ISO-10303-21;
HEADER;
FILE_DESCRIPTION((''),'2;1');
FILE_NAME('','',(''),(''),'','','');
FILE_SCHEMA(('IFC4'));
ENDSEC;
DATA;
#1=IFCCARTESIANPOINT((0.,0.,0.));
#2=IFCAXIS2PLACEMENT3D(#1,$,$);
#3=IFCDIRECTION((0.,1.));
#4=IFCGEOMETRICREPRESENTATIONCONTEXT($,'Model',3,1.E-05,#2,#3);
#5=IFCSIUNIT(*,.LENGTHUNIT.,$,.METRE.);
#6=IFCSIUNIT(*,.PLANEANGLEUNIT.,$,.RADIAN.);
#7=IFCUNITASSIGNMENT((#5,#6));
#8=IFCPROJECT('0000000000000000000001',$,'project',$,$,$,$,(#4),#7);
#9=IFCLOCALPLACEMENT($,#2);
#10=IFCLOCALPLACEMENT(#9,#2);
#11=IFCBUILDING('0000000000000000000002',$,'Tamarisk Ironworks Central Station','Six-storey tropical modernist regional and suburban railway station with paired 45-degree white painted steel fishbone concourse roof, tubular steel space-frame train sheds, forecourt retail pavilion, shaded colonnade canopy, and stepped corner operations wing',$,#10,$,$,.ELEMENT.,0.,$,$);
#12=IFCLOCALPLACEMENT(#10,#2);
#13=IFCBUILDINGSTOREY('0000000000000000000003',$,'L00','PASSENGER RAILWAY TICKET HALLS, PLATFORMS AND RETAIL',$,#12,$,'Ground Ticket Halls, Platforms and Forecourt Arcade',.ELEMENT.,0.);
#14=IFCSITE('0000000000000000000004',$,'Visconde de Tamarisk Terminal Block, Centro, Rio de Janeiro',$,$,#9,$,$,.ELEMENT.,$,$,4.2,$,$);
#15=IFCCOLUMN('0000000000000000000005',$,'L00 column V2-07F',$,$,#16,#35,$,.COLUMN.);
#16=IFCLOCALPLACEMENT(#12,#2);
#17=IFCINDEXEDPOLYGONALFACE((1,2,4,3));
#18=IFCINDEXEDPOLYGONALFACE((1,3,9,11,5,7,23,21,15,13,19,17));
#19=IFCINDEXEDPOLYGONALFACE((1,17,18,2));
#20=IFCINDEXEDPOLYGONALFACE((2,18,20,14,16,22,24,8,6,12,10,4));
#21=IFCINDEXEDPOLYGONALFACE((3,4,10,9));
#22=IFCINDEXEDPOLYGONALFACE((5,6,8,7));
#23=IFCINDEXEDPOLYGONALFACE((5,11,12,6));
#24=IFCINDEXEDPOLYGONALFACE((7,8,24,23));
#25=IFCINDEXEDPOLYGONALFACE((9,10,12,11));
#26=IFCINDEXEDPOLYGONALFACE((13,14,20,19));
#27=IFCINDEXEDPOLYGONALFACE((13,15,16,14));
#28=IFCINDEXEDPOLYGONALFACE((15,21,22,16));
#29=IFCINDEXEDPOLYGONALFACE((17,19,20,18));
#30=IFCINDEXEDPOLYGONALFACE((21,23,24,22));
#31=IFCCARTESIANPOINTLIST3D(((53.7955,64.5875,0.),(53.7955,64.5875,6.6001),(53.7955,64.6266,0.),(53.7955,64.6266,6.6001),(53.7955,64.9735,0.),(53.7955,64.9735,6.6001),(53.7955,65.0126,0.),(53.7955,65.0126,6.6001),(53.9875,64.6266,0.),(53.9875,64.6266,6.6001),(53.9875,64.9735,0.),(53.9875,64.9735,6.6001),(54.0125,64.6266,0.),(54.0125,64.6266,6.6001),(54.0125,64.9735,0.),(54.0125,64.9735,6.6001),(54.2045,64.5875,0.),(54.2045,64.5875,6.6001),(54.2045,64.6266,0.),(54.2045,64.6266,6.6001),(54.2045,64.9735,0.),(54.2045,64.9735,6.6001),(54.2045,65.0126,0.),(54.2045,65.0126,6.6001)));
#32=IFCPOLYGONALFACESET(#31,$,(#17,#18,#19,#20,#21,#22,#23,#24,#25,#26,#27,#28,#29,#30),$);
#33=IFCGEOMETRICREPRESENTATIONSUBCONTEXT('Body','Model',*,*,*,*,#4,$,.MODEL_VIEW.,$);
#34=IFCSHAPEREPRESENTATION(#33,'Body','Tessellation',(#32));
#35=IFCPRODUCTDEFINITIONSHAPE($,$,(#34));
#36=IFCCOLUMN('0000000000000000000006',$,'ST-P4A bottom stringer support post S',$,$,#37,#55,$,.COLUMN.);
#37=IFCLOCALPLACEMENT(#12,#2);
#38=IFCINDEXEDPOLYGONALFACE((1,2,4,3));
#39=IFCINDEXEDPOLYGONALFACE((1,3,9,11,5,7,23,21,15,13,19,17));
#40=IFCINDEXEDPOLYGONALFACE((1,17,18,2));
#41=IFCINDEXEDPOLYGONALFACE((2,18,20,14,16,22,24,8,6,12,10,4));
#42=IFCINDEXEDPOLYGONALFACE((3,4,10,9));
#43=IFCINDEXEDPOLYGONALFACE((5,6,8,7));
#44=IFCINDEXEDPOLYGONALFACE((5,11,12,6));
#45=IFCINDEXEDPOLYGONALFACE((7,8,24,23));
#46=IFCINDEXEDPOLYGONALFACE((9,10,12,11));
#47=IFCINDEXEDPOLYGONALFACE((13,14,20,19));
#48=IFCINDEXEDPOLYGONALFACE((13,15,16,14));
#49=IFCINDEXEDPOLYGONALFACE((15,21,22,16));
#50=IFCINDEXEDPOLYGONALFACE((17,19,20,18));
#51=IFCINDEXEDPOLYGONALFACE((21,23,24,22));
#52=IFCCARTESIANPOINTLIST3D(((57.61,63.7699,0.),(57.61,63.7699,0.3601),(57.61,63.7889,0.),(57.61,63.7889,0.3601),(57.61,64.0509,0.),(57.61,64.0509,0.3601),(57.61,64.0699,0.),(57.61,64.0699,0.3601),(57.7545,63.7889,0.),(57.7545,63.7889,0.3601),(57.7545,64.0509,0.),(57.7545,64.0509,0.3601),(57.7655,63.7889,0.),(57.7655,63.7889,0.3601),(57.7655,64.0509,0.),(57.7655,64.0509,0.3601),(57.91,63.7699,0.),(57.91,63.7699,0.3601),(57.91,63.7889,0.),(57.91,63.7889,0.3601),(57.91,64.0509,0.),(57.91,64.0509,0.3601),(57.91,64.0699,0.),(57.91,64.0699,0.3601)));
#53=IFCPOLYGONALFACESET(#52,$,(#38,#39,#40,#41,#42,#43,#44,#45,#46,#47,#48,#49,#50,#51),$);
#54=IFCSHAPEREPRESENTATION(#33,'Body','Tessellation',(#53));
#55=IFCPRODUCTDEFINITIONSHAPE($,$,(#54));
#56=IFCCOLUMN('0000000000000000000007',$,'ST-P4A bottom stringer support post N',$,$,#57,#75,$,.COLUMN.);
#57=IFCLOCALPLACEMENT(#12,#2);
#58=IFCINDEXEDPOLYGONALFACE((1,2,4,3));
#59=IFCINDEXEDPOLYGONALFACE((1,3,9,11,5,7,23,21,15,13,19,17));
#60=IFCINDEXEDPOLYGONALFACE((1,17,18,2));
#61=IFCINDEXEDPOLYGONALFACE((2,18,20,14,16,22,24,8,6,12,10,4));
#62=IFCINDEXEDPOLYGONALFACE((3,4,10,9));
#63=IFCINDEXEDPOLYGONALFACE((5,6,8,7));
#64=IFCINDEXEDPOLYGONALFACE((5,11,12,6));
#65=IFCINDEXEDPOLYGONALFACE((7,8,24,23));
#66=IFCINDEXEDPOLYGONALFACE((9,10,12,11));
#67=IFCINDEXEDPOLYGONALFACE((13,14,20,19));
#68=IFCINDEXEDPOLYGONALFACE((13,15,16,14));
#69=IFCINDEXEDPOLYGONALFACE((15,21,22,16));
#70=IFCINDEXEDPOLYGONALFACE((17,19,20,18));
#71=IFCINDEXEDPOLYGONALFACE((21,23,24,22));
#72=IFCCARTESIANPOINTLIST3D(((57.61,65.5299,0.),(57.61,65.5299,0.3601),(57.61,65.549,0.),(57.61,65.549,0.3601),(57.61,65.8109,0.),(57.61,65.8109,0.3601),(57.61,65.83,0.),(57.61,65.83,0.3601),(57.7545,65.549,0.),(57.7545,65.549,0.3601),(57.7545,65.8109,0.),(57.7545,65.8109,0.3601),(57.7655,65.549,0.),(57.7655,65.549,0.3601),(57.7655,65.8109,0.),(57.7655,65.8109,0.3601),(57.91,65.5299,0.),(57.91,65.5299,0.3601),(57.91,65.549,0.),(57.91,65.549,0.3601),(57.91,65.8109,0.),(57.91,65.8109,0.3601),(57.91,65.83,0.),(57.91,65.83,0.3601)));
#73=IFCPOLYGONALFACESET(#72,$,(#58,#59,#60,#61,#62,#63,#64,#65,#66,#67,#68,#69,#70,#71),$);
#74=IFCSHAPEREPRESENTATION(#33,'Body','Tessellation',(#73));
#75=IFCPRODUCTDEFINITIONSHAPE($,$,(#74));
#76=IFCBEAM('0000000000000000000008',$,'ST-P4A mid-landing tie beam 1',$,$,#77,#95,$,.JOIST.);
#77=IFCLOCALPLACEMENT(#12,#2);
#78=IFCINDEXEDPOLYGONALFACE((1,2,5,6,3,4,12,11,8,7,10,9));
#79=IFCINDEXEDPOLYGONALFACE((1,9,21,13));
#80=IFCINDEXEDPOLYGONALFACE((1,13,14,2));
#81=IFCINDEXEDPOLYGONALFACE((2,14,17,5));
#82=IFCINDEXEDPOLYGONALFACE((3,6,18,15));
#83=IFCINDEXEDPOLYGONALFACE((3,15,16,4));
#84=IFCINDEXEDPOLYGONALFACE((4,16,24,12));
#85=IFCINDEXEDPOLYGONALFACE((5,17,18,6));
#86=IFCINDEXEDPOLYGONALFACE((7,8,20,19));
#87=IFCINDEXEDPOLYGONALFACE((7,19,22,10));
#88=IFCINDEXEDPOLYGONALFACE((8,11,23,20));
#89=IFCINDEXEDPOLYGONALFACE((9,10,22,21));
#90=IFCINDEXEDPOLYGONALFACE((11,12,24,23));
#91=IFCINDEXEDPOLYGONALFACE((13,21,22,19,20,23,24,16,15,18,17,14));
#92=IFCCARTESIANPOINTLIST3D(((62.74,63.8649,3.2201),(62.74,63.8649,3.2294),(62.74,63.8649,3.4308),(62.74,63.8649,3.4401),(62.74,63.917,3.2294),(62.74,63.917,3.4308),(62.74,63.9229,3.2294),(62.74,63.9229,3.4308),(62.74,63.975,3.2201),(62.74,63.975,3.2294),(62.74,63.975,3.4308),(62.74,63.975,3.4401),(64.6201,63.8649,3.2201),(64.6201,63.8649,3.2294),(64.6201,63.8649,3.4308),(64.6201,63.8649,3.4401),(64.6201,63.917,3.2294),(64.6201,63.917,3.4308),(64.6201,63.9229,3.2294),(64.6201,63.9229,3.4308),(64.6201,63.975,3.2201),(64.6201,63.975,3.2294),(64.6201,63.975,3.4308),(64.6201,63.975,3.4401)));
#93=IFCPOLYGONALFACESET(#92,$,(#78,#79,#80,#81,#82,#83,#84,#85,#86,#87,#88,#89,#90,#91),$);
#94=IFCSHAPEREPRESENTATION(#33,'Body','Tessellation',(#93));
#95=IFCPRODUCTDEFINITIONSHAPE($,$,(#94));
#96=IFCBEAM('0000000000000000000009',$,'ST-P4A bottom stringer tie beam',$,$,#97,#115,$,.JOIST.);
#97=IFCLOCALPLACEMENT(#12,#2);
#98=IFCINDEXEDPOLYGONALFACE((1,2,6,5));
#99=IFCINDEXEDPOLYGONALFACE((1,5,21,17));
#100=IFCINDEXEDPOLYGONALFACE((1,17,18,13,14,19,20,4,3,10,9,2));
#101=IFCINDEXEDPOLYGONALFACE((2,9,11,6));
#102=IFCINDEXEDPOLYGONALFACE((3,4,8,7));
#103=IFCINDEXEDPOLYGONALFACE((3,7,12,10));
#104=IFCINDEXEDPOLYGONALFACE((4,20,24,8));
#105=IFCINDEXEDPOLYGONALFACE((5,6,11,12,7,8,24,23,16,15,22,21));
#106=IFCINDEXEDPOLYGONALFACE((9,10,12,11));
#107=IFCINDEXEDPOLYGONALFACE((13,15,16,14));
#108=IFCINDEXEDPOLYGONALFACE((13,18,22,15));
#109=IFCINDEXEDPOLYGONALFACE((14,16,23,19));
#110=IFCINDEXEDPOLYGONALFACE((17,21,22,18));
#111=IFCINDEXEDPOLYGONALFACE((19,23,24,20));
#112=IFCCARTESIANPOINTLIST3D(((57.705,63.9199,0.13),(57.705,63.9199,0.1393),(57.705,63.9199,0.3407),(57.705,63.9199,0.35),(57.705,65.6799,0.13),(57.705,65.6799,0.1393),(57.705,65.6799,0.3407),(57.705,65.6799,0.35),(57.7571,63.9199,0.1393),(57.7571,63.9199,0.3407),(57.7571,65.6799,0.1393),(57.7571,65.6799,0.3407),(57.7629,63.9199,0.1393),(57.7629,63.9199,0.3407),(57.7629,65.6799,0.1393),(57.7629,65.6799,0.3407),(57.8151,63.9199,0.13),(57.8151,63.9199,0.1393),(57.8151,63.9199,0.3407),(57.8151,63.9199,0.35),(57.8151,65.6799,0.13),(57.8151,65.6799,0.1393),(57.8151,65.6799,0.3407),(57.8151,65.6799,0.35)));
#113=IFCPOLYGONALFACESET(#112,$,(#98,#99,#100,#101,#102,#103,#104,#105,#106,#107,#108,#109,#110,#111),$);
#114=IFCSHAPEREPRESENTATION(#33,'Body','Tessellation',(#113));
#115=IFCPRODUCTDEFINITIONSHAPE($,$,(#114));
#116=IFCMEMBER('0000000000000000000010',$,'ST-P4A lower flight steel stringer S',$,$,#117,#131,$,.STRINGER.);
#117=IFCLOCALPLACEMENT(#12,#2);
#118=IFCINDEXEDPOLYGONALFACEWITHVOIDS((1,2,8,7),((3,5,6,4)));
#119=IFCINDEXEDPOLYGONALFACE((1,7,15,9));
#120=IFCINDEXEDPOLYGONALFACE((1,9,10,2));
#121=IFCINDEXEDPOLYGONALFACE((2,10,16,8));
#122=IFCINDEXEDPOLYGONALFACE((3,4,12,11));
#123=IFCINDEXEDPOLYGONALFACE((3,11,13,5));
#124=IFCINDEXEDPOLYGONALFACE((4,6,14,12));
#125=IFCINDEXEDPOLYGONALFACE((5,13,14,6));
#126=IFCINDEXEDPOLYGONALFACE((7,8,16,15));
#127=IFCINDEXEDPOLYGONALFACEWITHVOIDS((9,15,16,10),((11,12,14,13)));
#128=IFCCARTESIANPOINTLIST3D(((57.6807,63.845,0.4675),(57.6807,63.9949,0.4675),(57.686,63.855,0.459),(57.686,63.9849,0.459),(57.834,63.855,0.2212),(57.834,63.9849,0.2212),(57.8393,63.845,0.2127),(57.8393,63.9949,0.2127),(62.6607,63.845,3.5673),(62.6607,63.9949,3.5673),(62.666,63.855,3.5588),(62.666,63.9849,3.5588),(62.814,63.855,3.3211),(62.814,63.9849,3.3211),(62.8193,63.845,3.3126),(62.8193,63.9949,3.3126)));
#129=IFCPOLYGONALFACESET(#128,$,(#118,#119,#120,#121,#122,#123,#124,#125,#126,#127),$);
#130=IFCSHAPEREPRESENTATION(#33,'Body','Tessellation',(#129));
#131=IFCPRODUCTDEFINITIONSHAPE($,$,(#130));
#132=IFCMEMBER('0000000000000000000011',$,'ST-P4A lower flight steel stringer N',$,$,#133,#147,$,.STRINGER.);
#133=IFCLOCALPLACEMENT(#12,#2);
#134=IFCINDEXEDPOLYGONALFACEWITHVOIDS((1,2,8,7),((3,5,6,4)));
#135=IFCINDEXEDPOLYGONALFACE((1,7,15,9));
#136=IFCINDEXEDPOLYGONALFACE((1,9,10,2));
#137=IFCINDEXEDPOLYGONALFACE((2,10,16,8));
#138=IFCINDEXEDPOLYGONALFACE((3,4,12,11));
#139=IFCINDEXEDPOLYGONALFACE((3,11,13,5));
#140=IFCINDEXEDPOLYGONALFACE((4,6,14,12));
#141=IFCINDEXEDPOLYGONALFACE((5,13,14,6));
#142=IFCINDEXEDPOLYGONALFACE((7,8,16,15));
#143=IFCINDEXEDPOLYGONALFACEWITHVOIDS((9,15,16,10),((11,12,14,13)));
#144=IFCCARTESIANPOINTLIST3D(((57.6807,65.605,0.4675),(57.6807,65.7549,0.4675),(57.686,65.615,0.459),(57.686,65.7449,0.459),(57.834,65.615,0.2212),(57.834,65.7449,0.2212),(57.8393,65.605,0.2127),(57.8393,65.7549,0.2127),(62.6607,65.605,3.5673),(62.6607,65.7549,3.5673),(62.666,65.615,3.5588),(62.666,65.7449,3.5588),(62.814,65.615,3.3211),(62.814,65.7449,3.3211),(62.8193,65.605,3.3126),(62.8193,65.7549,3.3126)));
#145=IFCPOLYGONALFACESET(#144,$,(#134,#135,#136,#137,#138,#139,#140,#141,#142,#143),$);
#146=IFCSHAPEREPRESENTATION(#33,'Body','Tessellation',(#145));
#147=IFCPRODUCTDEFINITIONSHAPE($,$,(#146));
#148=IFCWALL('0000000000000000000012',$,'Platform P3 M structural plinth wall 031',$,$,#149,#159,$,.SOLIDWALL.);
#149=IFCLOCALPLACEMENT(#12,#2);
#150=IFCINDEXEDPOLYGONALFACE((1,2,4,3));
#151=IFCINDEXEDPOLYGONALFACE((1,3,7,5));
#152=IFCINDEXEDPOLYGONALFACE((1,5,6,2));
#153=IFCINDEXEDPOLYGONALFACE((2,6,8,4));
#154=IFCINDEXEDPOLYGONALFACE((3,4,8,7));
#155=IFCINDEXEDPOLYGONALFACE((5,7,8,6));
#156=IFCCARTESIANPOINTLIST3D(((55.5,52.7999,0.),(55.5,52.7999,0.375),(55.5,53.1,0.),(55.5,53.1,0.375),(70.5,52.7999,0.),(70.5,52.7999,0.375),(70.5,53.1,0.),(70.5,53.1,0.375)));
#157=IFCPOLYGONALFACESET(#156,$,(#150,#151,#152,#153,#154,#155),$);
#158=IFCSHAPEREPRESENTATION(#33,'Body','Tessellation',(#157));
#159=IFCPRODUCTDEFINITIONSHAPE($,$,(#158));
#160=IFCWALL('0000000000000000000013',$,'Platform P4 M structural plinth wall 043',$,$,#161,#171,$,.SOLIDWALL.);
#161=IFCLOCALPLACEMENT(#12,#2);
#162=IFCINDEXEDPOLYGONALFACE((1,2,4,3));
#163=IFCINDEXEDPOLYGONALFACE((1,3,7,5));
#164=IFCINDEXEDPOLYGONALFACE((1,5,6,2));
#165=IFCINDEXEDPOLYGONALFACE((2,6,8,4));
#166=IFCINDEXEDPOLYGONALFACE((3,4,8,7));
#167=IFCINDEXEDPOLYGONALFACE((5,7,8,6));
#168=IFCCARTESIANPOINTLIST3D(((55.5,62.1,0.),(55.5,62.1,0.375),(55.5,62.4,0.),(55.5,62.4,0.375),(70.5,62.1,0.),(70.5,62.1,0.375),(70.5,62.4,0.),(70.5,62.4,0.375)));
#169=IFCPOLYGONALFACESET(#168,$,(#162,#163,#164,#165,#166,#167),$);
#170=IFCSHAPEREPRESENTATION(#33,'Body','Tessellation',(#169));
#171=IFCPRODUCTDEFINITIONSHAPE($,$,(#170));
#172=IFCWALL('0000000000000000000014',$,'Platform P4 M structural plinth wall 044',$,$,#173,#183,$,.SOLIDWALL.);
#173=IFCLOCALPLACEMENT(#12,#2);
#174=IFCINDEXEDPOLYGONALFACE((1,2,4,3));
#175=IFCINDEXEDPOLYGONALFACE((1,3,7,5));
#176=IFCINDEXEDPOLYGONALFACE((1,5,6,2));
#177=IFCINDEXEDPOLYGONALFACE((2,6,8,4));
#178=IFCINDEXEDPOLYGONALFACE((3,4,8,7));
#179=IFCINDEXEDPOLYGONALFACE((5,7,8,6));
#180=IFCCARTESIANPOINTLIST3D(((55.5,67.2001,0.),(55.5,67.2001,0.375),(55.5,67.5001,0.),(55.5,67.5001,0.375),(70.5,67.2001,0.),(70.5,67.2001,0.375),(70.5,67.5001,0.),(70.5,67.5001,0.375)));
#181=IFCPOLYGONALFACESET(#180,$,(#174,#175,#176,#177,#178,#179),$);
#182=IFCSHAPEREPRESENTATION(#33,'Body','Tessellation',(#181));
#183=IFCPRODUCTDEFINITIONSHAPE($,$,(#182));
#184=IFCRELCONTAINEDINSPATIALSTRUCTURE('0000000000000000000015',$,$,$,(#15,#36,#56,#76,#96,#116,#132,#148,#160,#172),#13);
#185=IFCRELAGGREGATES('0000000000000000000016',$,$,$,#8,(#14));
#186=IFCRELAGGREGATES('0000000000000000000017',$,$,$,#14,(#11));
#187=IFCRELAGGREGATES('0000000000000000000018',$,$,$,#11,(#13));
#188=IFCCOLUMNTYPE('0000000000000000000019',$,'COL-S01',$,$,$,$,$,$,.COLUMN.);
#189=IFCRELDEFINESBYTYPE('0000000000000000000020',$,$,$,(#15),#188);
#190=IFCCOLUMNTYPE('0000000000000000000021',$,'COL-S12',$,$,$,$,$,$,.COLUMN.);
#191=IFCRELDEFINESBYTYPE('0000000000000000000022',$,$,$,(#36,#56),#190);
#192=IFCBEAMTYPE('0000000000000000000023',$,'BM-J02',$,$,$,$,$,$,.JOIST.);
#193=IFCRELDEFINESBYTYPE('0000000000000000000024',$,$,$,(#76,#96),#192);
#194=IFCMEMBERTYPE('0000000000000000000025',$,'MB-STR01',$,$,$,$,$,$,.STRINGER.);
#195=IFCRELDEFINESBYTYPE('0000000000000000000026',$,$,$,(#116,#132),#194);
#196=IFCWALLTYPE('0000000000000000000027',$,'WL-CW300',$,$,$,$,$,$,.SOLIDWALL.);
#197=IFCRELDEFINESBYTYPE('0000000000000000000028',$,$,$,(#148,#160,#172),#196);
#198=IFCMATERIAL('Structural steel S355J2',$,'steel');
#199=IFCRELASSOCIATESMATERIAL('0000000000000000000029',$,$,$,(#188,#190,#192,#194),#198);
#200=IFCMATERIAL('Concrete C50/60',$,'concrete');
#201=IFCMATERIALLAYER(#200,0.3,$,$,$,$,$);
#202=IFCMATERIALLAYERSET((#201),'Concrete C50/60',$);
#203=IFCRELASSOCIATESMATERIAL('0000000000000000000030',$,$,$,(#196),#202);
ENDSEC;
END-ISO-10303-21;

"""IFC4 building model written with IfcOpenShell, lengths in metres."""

from ifc_helpers import new_model, si_unit, direction, frame, frame_2d, origin, origin_2d, place, context, subcontext, project, spatial, rectangle, hollow_rectangle, i_section, extrude, material, layer, layer_set, material_profile, profile_set, type_object, element, save


model = new_model("IFC4")

# Units and contexts
model_context = context("Model", 3, precision=1e-05, world=origin(), true_north=direction((0.0, 1.0)))
body_context = subcontext(model_context, "Body", "Model", "MODEL_VIEW")
ifc_project = project(units=[si_unit("LENGTHUNIT", "METRE"), si_unit("PLANEANGLEUNIT", "RADIAN")], contexts=[model_context])

# Site, building, storey
site_placement = place(None, origin())
site = spatial("IfcSite", under=ifc_project, at=site_placement, Name="Visconde de Tamarisk Terminal Block, Centro, Rio de Janeiro", CompositionType="ELEMENT", RefElevation=4.2)
building_placement = place(site_placement, origin())
building = spatial("IfcBuilding", under=site, at=building_placement, Name="Tamarisk Ironworks Central Station", Description="Six-storey tropical modernist regional and suburban railway station with paired 45-degree white painted steel fishbone concourse roof, tubular steel space-frame train sheds, forecourt retail pavilion, shaded colonnade canopy, and stepped corner operations wing", CompositionType="ELEMENT", ElevationOfRefHeight=0.0)
storey_placement = place(building_placement, origin())
storey = spatial("IfcBuildingStorey", under=building, at=storey_placement, Name="L00", Description="PASSENGER RAILWAY TICKET HALLS, PLATFORMS AND RETAIL", LongName="Ground Ticket Halls, Platforms and Forecourt Arcade", CompositionType="ELEMENT", Elevation=0.0)

# Columns
ifc_material_1 = material(Name="Structural steel S355J2", Category="steel")
ifc_material_profile_1 = material_profile(ifc_material_1, i_section(OverallWidth=0.4089, OverallDepth=0.425, WebThickness=0.0249, FlangeThickness=0.0391, at=origin_2d()), Name="HD 400x421")
ifc_profile_set_1 = profile_set([ifc_material_profile_1], Name="Structural steel S355J2")
column_type_1 = type_object("IfcColumnType", Name="COL-S01", PredefinedType="COLUMN", material=ifc_profile_set_1)
column_placement = place(storey_placement, frame((54.0, 64.8, 0.0), z_axis=(0.0, 0.0, 1.0), x_axis=(1.0, 0.0, 0.0)))
element("IfcColumn", 1, at=column_placement, inside=storey, type_object=column_type_1, Name="L00 column V2-07F", PredefinedType="COLUMN", context=body_context, shape_type="SweptSolid", body=[
    extrude(i_section(OverallWidth=0.4089, OverallDepth=0.425, WebThickness=0.0249, FlangeThickness=0.0391, at=origin_2d()), origin(), (0.0, 0.0, 1.0), 6.6001),
])
ifc_material_profile_2 = material_profile(ifc_material_1, i_section(OverallWidth=0.3, OverallDepth=0.3, WebThickness=0.011, FlangeThickness=0.019, at=origin_2d()), Name="HEB 300")
ifc_profile_set_2 = profile_set([ifc_material_profile_2], Name="Structural steel S355J2")
column_type_2 = type_object("IfcColumnType", Name="COL-S12", PredefinedType="COLUMN", material=ifc_profile_set_2)
for number, where, z_axis, x_axis, name in (
    (2, (57.76, 63.9199, 0.0), (0.0, 0.0, 1.0), (1.0, 0.0, 0.0), "ST-P4A bottom stringer support post S"),
    (3, (57.76, 65.6799, 0.0), (0.0, 0.0, 1.0), (1.0, 0.0, 0.0), "ST-P4A bottom stringer support post N"),
):
    element("IfcColumn", number, at=place(storey_placement, frame(where, z_axis=z_axis, x_axis=x_axis)), inside=storey, type_object=column_type_2, Name=name, PredefinedType="COLUMN", context=body_context, shape_type="SweptSolid", body=[
        extrude(i_section(OverallWidth=0.3, OverallDepth=0.3, WebThickness=0.011, FlangeThickness=0.019, at=origin_2d()), origin(), (0.0, 0.0, 1.0), 0.3601),
    ])

# Beams
ifc_material_profile_3 = material_profile(ifc_material_1, i_section(OverallWidth=0.1101, OverallDepth=0.22, WebThickness=0.0059, FlangeThickness=0.0093, at=origin_2d()), Name="IPE 220")
ifc_profile_set_3 = profile_set([ifc_material_profile_3], Name="Structural steel S355J2")
beam_type = type_object("IfcBeamType", Name="BM-J02", PredefinedType="JOIST", material=ifc_profile_set_3)
beam_1_placement = place(storey_placement, frame((62.74, 63.9199, 3.3301), z_axis=(1.0, 0.0, 0.0), x_axis=(0.0, 1.0, 0.0)))
element("IfcBeam", 4, at=beam_1_placement, inside=storey, type_object=beam_type, Name="ST-P4A mid-landing tie beam 1", PredefinedType="JOIST", context=body_context, shape_type="SweptSolid", body=[
    extrude(i_section(OverallWidth=0.1101, OverallDepth=0.22, WebThickness=0.0059, FlangeThickness=0.0093, at=origin_2d()), origin(), (0.0, 0.0, 1.0), 1.8801),
])
beam_2_placement = place(storey_placement, frame((57.76, 63.9199, 0.24), z_axis=(0.0, 1.0, 0.0), x_axis=(-1.0, 0.0, 0.0)))
element("IfcBeam", 5, at=beam_2_placement, inside=storey, type_object=beam_type, Name="ST-P4A bottom stringer tie beam", PredefinedType="JOIST", context=body_context, shape_type="SweptSolid", body=[
    extrude(i_section(OverallWidth=0.1101, OverallDepth=0.22, WebThickness=0.0059, FlangeThickness=0.0093, at=origin_2d()), origin(), (0.0, 0.0, 1.0), 1.76),
])

# Members
ifc_material_profile_4 = material_profile(ifc_material_1, hollow_rectangle(XDim=0.1499, YDim=0.3, WallThickness=0.01, at=origin_2d()), Name="RHS 300x150x10")
ifc_profile_set_4 = profile_set([ifc_material_profile_4], Name="Structural steel S355J2")
member_type = type_object("IfcMemberType", Name="MB-STR01", PredefinedType="STRINGER", material=ifc_profile_set_4)
for number, where, z_axis, x_axis, name in (
    (6, (57.76, 63.9199, 0.3401), (0.848965, 0.0, 0.528449), (0.0, 1.0, 0.0), "ST-P4A lower flight steel stringer S"),
    (7, (57.76, 65.6799, 0.3401), (0.848965, 0.0, 0.528449), (0.0, 1.0, 0.0), "ST-P4A lower flight steel stringer N"),
):
    element("IfcMember", number, at=place(storey_placement, frame(where, z_axis=z_axis, x_axis=x_axis)), inside=storey, type_object=member_type, Name=name, PredefinedType="STRINGER", context=body_context, shape_type="SweptSolid", body=[
        extrude(hollow_rectangle(XDim=0.1499, YDim=0.3, WallThickness=0.01, at=origin_2d()), origin(), (0.0, 0.0, 1.0), 5.866),
    ])

# Walls
ifc_material_2 = material(Name="Concrete C50/60", Category="concrete")
ifc_layer = layer(ifc_material_2, 0.3)
ifc_layer_set = layer_set([ifc_layer], Name="Concrete C50/60")
wall_type = type_object("IfcWallType", Name="WL-CW300", PredefinedType="SOLIDWALL", material=ifc_layer_set)
for number, where, z_axis, x_axis, name in (
    (8, (55.5, 52.95, 0.0), (0.0, 0.0, 1.0), (1.0, 0.0, 0.0), "Platform P3 M structural plinth wall 031"),
    (9, (55.5, 62.25, 0.0), (0.0, 0.0, 1.0), (1.0, 0.0, 0.0), "Platform P4 M structural plinth wall 043"),
    (10, (55.5, 67.3501, 0.0), (0.0, 0.0, 1.0), (1.0, 0.0, 0.0), "Platform P4 M structural plinth wall 044"),
):
    element("IfcWall", number, at=place(storey_placement, frame(where, z_axis=z_axis, x_axis=x_axis)), inside=storey, type_object=wall_type, Name=name, PredefinedType="SOLIDWALL", context=body_context, shape_type="SweptSolid", body=[
        extrude(rectangle(XDim=15.0, YDim=0.3, at=frame_2d((7.5, 0.0))), origin(), (0.0, 0.0, 1.0), 0.375),
    ])

save(model, "model.ifc")
